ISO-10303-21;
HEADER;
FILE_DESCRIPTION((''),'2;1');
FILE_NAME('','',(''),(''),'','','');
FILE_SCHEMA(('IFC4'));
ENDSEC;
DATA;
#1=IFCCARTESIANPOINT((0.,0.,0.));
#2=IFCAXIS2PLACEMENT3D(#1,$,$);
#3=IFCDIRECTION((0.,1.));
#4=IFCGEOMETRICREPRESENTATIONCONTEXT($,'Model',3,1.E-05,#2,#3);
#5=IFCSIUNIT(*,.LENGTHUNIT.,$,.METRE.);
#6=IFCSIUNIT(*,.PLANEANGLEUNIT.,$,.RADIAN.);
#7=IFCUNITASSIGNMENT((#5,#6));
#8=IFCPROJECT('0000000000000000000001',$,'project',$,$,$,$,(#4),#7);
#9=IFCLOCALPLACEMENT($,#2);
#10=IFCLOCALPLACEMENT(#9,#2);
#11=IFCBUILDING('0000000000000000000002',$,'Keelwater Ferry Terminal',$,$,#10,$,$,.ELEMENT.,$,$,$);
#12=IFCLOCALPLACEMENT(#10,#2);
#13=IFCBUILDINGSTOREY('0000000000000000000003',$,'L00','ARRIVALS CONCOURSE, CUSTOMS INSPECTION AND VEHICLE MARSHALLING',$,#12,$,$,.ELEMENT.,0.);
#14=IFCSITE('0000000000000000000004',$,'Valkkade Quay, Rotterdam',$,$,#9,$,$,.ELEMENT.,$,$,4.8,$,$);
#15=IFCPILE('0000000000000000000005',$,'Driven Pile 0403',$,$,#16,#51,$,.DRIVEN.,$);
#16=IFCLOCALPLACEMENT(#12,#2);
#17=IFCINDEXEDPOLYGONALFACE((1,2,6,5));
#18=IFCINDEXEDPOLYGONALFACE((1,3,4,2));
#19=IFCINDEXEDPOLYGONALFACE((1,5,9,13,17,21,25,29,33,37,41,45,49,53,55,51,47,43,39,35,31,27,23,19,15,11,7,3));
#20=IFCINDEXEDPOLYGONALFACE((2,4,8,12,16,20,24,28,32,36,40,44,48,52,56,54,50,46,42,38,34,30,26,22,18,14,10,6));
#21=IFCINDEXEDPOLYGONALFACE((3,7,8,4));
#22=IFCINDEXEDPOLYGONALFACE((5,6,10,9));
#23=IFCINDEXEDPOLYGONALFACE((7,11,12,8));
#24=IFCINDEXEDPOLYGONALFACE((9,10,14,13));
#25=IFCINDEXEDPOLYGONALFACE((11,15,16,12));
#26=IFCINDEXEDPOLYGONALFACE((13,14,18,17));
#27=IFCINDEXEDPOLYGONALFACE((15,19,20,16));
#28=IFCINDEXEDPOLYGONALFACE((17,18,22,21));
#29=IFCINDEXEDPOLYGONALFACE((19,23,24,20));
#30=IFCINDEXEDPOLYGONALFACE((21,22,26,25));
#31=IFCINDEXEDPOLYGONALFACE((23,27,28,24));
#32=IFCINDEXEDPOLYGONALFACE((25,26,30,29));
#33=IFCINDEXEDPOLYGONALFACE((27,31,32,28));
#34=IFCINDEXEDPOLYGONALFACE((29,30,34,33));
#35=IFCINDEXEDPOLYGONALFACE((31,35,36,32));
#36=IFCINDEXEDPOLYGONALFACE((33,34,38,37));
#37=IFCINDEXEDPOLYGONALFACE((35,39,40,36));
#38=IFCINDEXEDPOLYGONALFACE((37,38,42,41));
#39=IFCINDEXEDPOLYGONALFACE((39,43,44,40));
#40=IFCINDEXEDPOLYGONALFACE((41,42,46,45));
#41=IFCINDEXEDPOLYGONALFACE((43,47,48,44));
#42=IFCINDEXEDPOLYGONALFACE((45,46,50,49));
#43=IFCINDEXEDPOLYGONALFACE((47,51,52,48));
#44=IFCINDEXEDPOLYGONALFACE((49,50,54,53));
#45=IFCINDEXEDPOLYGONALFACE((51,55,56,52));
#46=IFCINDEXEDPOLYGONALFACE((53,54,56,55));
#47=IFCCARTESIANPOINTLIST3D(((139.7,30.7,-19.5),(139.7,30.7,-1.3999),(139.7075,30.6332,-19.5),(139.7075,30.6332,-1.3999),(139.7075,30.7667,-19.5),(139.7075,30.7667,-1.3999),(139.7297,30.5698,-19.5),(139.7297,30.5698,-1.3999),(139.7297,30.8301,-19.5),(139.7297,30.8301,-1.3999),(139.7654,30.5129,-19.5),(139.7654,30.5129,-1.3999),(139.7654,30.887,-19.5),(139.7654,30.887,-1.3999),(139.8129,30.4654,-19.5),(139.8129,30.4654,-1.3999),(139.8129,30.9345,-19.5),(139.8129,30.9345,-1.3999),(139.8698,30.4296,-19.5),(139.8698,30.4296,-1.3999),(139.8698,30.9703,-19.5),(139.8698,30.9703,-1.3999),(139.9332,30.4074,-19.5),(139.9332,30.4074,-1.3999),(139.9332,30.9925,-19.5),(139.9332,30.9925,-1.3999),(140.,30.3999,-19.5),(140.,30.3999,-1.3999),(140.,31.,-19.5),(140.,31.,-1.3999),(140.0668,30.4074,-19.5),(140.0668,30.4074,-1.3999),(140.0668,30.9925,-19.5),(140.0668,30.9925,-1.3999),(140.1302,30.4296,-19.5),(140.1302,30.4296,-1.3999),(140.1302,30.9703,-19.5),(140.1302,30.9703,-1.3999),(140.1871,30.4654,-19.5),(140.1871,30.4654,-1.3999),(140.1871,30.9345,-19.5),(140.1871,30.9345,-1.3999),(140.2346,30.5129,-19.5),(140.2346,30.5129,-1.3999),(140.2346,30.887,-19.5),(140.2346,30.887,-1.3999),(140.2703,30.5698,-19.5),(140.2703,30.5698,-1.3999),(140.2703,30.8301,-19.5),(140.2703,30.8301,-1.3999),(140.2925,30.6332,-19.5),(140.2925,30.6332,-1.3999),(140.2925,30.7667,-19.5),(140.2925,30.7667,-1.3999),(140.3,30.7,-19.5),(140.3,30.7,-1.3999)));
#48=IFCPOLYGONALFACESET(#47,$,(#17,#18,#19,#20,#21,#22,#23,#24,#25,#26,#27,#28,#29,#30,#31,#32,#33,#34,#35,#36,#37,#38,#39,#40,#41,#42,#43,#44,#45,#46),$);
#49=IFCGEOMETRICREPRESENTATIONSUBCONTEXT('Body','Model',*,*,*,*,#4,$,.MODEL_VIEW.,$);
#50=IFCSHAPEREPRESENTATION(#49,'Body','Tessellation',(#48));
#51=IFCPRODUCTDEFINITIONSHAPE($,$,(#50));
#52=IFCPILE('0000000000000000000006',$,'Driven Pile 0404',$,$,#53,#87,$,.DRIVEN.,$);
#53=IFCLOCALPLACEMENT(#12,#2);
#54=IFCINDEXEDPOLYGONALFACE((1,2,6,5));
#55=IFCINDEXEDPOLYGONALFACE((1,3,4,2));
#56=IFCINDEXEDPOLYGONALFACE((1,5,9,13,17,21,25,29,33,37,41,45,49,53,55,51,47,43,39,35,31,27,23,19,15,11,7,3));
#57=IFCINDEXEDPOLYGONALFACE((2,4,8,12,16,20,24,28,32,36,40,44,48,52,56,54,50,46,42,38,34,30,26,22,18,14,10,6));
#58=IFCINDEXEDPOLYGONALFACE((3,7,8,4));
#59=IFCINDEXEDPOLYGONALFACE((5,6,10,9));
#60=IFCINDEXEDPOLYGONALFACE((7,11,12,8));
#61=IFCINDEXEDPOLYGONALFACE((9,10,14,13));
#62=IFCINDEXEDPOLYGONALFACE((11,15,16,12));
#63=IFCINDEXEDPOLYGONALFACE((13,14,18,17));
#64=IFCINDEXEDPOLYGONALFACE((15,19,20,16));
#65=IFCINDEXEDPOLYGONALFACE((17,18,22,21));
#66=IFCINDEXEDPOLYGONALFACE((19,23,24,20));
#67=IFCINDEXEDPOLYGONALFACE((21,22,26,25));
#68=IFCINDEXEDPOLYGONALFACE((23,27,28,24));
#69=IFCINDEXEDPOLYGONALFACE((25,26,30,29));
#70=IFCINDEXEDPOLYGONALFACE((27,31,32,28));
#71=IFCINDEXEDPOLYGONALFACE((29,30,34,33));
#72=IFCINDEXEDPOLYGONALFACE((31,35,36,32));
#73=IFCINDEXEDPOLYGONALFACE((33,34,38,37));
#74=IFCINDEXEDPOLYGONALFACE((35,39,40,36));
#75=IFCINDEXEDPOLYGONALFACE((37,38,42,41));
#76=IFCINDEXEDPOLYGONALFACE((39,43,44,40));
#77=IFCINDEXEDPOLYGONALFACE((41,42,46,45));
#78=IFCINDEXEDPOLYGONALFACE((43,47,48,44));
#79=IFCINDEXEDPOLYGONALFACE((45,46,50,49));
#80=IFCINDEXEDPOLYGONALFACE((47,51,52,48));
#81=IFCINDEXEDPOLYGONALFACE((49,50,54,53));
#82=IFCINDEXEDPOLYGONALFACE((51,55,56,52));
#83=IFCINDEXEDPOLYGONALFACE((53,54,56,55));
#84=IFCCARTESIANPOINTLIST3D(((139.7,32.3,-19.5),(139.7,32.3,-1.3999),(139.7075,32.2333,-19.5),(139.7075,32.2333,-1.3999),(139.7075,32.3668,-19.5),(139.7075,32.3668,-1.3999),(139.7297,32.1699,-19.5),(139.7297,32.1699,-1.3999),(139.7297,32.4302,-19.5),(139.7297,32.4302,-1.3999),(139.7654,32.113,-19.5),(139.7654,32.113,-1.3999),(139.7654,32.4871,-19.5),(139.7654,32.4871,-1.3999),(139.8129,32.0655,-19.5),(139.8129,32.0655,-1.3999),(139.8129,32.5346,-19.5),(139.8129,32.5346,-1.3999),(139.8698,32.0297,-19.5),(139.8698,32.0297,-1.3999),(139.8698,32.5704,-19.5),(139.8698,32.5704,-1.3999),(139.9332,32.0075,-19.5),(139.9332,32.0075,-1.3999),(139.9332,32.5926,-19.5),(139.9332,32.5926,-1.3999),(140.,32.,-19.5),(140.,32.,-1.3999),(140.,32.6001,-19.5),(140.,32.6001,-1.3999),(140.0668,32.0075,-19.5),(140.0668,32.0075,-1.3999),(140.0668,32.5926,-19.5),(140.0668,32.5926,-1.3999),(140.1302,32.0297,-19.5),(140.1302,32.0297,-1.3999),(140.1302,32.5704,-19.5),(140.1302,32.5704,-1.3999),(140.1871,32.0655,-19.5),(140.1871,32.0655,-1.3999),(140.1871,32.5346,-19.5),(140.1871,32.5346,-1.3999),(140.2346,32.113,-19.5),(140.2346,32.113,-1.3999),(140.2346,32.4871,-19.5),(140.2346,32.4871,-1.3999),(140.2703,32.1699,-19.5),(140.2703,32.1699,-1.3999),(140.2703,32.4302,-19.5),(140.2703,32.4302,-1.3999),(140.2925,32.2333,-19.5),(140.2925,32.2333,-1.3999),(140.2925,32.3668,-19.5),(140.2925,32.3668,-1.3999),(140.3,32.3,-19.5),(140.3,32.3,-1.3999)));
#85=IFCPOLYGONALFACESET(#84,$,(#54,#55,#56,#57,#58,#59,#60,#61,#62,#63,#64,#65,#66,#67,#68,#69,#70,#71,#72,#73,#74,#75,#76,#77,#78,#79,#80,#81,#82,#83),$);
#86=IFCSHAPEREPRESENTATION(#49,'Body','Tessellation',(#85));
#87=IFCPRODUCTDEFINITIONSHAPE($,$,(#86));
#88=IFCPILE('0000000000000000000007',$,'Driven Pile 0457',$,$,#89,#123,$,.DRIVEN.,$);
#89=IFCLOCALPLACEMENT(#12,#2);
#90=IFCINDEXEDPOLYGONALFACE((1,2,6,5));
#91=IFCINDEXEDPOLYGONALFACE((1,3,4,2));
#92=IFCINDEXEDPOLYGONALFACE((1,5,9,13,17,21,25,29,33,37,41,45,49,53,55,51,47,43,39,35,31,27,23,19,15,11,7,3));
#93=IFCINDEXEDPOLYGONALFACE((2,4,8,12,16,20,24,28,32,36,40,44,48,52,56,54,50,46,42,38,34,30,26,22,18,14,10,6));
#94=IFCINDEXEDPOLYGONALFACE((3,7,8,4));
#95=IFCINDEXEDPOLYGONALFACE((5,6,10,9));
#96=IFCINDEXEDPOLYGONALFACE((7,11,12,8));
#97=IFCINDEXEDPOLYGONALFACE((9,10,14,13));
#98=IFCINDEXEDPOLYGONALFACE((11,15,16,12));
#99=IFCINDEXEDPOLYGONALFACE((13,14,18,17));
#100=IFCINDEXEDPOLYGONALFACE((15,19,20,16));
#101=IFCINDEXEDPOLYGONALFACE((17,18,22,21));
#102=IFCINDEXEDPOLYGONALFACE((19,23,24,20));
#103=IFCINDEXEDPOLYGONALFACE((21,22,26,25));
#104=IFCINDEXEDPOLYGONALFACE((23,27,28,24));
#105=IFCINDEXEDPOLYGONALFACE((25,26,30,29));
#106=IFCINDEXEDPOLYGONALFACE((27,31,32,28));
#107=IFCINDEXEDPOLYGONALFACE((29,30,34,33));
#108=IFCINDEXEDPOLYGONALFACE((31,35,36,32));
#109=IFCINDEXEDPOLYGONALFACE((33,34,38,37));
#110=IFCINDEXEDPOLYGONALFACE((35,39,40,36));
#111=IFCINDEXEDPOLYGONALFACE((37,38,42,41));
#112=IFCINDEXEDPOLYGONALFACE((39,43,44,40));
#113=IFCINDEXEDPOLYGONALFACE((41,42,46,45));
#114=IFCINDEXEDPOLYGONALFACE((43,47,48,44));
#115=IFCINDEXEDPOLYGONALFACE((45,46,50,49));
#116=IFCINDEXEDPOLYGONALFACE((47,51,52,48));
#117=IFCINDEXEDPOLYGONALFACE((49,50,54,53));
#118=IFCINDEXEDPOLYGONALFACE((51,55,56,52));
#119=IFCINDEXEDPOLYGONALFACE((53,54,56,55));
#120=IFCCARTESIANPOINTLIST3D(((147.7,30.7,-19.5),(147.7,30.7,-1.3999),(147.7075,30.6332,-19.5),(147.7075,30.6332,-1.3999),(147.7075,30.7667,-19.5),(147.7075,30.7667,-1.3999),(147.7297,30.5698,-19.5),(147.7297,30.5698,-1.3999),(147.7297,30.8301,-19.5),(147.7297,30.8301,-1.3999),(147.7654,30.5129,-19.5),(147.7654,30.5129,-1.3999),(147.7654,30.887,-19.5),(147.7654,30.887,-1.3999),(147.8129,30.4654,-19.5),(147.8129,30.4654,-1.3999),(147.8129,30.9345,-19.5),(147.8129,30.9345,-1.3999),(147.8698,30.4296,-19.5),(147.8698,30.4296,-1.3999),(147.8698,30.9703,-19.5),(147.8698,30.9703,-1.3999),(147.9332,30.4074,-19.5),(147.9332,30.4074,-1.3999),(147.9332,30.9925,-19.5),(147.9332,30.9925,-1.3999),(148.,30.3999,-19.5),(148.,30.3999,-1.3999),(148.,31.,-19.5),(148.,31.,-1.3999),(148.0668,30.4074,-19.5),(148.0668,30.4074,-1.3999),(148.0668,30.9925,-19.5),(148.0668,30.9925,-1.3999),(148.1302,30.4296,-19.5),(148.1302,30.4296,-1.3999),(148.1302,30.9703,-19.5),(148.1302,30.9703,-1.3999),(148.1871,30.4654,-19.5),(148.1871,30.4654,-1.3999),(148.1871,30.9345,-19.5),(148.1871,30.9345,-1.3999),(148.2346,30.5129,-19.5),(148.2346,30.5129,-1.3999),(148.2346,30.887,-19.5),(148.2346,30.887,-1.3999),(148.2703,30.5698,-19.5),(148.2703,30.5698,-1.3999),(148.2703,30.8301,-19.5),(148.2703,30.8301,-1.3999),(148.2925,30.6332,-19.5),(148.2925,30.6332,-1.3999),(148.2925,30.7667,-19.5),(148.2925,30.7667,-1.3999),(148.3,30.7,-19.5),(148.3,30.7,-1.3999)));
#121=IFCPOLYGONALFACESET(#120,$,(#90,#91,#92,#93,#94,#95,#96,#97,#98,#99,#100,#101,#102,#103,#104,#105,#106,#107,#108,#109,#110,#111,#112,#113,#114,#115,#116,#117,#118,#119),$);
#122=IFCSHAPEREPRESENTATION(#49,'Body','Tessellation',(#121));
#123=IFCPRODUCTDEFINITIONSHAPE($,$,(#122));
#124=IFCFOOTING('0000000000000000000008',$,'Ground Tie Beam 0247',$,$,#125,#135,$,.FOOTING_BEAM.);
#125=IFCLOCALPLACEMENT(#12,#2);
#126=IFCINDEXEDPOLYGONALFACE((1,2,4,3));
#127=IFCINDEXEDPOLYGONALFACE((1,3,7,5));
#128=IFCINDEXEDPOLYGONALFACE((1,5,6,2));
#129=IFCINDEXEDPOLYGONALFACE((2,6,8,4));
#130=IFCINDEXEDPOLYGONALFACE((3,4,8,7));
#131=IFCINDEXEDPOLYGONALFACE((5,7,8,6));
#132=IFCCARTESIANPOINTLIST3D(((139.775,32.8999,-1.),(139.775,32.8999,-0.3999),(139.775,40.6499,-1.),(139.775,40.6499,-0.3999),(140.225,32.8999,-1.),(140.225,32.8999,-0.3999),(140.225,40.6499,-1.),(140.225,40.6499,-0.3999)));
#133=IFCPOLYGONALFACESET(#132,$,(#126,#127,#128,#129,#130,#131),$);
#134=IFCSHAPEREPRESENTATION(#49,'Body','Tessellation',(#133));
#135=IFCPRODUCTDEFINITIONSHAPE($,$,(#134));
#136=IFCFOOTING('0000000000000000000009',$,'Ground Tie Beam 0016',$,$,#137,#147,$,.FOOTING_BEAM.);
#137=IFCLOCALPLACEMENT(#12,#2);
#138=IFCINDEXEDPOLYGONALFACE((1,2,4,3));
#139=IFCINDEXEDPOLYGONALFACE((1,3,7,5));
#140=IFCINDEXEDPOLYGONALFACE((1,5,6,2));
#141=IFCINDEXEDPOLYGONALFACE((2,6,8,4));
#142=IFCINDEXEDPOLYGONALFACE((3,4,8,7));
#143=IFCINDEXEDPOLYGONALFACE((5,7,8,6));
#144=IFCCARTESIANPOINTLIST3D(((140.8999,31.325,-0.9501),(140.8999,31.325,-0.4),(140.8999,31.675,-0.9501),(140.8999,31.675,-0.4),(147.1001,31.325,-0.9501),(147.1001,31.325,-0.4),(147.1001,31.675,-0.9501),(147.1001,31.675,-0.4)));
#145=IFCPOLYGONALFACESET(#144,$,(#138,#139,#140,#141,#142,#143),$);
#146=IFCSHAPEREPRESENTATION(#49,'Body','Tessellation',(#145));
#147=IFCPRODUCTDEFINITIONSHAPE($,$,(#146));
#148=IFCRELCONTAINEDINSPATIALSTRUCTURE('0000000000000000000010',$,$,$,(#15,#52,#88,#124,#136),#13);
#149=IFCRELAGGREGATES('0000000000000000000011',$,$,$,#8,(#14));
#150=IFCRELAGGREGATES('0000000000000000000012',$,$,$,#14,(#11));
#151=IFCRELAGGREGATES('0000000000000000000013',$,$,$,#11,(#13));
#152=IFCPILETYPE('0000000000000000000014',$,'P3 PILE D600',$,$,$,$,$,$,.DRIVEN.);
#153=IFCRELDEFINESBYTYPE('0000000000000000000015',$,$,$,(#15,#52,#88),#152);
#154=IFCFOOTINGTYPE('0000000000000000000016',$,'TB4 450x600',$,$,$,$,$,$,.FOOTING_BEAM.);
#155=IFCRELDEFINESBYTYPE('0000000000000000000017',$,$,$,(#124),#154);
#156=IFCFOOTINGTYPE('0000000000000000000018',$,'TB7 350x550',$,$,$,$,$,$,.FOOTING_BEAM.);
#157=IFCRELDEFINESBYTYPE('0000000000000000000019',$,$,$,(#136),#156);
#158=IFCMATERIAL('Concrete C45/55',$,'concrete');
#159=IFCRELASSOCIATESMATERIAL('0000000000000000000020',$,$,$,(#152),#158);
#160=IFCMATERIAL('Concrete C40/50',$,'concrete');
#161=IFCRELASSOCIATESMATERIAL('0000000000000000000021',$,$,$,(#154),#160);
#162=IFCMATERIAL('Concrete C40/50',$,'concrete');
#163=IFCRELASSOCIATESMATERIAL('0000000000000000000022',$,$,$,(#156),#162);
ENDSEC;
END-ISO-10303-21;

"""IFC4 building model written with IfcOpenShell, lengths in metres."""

from ifc_helpers import new_model, si_unit, direction, frame, origin, origin_2d, place, context, subcontext, project, spatial, rectangle, circle, extrude, material, material_profile, profile_set, type_object, element, save


model = new_model("IFC4")

# Units and contexts
model_context = context("Model", 3, precision=1e-05, world=origin(), true_north=direction((0.0, 1.0)))
body_context = subcontext(model_context, "Body", "Model", "MODEL_VIEW")
ifc_project = project(units=[si_unit("LENGTHUNIT", "METRE"), si_unit("PLANEANGLEUNIT", "RADIAN")], contexts=[model_context])

# Site, building, storey
site_placement = place(None, origin())
site = spatial("IfcSite", under=ifc_project, at=site_placement, Name="Valkkade Quay, Rotterdam", CompositionType="ELEMENT", RefElevation=4.8)
building_placement = place(site_placement, origin())
building = spatial("IfcBuilding", under=site, at=building_placement, Name="Keelwater Ferry Terminal", CompositionType="ELEMENT")
storey_placement = place(building_placement, origin())
storey = spatial("IfcBuildingStorey", under=building, at=storey_placement, Name="L00", Description="ARRIVALS CONCOURSE, CUSTOMS INSPECTION AND VEHICLE MARSHALLING", CompositionType="ELEMENT", Elevation=0.0)

# Piles
ifc_material_1 = material(Name="Concrete C45/55", Category="concrete")
ifc_material_profile_1 = material_profile(ifc_material_1, circle(Radius=0.3, at=origin_2d()), Name="PILE D600")
ifc_profile_set_1 = profile_set([ifc_material_profile_1], Name="Concrete C45/55")
pile_type = type_object("IfcPileType", Name="P3 PILE D600", PredefinedType="DRIVEN", material=ifc_profile_set_1)
for number, where, z_axis, x_axis, name in (
    (1, (140.0, 30.7, -1.3999), (0.0, 0.0, -1.0), (1.0, 0.0, 0.0), "Driven Pile 0403"),
    (2, (140.0, 32.3, -1.3999), (0.0, 0.0, -1.0), (1.0, 0.0, 0.0), "Driven Pile 0404"),
    (3, (148.0, 30.7, -1.3999), (0.0, 0.0, -1.0), (1.0, 0.0, 0.0), "Driven Pile 0457"),
):
    element("IfcPile", number, at=place(storey_placement, frame(where, z_axis=z_axis, x_axis=x_axis)), inside=storey, type_object=pile_type, Name=name, PredefinedType="DRIVEN", context=body_context, shape_type="SweptSolid", body=[
        extrude(circle(Radius=0.3, at=origin_2d()), origin(), (0.0, 0.0, 1.0), 18.1001),
    ])

# Footings
ifc_material_2 = material(Name="Concrete C40/50", Category="concrete")
ifc_material_profile_2 = material_profile(ifc_material_2, rectangle(XDim=0.45, YDim=0.6001, at=origin_2d()), Name="TB 450x600")
ifc_profile_set_2 = profile_set([ifc_material_profile_2], Name="Concrete C40/50")
footing_type_1 = type_object("IfcFootingType", Name="TB4 450x600", PredefinedType="FOOTING_BEAM", material=ifc_profile_set_2)
footing_1_placement = place(storey_placement, frame((140.0, 32.8999, -0.7), z_axis=(0.0, 1.0, 0.0), x_axis=(-1.0, 0.0, 0.0)))
element("IfcFooting", 4, at=footing_1_placement, inside=storey, type_object=footing_type_1, Name="Ground Tie Beam 0247", PredefinedType="FOOTING_BEAM", context=body_context, shape_type="SweptSolid", body=[
    extrude(rectangle(XDim=0.45, YDim=0.6001, at=origin_2d()), origin(), (0.0, 0.0, 1.0), 7.75),
])
ifc_material_3 = material(Name="Concrete C40/50", Category="concrete")
ifc_material_profile_3 = material_profile(ifc_material_3, rectangle(XDim=0.3501, YDim=0.55, at=origin_2d()), Name="TB 350x550")
ifc_profile_set_3 = profile_set([ifc_material_profile_3], Name="Concrete C40/50")
footing_type_2 = type_object("IfcFootingType", Name="TB7 350x550", PredefinedType="FOOTING_BEAM", material=ifc_profile_set_3)
footing_2_placement = place(storey_placement, frame((140.8999, 31.5, -0.675), z_axis=(1.0, 0.0, 0.0), x_axis=(0.0, 1.0, 0.0)))
element("IfcFooting", 5, at=footing_2_placement, inside=storey, type_object=footing_type_2, Name="Ground Tie Beam 0016", PredefinedType="FOOTING_BEAM", context=body_context, shape_type="SweptSolid", body=[
    extrude(rectangle(XDim=0.3501, YDim=0.55, at=origin_2d()), origin(), (0.0, 0.0, 1.0), 6.2002),
])

save(model, "model.ifc")
